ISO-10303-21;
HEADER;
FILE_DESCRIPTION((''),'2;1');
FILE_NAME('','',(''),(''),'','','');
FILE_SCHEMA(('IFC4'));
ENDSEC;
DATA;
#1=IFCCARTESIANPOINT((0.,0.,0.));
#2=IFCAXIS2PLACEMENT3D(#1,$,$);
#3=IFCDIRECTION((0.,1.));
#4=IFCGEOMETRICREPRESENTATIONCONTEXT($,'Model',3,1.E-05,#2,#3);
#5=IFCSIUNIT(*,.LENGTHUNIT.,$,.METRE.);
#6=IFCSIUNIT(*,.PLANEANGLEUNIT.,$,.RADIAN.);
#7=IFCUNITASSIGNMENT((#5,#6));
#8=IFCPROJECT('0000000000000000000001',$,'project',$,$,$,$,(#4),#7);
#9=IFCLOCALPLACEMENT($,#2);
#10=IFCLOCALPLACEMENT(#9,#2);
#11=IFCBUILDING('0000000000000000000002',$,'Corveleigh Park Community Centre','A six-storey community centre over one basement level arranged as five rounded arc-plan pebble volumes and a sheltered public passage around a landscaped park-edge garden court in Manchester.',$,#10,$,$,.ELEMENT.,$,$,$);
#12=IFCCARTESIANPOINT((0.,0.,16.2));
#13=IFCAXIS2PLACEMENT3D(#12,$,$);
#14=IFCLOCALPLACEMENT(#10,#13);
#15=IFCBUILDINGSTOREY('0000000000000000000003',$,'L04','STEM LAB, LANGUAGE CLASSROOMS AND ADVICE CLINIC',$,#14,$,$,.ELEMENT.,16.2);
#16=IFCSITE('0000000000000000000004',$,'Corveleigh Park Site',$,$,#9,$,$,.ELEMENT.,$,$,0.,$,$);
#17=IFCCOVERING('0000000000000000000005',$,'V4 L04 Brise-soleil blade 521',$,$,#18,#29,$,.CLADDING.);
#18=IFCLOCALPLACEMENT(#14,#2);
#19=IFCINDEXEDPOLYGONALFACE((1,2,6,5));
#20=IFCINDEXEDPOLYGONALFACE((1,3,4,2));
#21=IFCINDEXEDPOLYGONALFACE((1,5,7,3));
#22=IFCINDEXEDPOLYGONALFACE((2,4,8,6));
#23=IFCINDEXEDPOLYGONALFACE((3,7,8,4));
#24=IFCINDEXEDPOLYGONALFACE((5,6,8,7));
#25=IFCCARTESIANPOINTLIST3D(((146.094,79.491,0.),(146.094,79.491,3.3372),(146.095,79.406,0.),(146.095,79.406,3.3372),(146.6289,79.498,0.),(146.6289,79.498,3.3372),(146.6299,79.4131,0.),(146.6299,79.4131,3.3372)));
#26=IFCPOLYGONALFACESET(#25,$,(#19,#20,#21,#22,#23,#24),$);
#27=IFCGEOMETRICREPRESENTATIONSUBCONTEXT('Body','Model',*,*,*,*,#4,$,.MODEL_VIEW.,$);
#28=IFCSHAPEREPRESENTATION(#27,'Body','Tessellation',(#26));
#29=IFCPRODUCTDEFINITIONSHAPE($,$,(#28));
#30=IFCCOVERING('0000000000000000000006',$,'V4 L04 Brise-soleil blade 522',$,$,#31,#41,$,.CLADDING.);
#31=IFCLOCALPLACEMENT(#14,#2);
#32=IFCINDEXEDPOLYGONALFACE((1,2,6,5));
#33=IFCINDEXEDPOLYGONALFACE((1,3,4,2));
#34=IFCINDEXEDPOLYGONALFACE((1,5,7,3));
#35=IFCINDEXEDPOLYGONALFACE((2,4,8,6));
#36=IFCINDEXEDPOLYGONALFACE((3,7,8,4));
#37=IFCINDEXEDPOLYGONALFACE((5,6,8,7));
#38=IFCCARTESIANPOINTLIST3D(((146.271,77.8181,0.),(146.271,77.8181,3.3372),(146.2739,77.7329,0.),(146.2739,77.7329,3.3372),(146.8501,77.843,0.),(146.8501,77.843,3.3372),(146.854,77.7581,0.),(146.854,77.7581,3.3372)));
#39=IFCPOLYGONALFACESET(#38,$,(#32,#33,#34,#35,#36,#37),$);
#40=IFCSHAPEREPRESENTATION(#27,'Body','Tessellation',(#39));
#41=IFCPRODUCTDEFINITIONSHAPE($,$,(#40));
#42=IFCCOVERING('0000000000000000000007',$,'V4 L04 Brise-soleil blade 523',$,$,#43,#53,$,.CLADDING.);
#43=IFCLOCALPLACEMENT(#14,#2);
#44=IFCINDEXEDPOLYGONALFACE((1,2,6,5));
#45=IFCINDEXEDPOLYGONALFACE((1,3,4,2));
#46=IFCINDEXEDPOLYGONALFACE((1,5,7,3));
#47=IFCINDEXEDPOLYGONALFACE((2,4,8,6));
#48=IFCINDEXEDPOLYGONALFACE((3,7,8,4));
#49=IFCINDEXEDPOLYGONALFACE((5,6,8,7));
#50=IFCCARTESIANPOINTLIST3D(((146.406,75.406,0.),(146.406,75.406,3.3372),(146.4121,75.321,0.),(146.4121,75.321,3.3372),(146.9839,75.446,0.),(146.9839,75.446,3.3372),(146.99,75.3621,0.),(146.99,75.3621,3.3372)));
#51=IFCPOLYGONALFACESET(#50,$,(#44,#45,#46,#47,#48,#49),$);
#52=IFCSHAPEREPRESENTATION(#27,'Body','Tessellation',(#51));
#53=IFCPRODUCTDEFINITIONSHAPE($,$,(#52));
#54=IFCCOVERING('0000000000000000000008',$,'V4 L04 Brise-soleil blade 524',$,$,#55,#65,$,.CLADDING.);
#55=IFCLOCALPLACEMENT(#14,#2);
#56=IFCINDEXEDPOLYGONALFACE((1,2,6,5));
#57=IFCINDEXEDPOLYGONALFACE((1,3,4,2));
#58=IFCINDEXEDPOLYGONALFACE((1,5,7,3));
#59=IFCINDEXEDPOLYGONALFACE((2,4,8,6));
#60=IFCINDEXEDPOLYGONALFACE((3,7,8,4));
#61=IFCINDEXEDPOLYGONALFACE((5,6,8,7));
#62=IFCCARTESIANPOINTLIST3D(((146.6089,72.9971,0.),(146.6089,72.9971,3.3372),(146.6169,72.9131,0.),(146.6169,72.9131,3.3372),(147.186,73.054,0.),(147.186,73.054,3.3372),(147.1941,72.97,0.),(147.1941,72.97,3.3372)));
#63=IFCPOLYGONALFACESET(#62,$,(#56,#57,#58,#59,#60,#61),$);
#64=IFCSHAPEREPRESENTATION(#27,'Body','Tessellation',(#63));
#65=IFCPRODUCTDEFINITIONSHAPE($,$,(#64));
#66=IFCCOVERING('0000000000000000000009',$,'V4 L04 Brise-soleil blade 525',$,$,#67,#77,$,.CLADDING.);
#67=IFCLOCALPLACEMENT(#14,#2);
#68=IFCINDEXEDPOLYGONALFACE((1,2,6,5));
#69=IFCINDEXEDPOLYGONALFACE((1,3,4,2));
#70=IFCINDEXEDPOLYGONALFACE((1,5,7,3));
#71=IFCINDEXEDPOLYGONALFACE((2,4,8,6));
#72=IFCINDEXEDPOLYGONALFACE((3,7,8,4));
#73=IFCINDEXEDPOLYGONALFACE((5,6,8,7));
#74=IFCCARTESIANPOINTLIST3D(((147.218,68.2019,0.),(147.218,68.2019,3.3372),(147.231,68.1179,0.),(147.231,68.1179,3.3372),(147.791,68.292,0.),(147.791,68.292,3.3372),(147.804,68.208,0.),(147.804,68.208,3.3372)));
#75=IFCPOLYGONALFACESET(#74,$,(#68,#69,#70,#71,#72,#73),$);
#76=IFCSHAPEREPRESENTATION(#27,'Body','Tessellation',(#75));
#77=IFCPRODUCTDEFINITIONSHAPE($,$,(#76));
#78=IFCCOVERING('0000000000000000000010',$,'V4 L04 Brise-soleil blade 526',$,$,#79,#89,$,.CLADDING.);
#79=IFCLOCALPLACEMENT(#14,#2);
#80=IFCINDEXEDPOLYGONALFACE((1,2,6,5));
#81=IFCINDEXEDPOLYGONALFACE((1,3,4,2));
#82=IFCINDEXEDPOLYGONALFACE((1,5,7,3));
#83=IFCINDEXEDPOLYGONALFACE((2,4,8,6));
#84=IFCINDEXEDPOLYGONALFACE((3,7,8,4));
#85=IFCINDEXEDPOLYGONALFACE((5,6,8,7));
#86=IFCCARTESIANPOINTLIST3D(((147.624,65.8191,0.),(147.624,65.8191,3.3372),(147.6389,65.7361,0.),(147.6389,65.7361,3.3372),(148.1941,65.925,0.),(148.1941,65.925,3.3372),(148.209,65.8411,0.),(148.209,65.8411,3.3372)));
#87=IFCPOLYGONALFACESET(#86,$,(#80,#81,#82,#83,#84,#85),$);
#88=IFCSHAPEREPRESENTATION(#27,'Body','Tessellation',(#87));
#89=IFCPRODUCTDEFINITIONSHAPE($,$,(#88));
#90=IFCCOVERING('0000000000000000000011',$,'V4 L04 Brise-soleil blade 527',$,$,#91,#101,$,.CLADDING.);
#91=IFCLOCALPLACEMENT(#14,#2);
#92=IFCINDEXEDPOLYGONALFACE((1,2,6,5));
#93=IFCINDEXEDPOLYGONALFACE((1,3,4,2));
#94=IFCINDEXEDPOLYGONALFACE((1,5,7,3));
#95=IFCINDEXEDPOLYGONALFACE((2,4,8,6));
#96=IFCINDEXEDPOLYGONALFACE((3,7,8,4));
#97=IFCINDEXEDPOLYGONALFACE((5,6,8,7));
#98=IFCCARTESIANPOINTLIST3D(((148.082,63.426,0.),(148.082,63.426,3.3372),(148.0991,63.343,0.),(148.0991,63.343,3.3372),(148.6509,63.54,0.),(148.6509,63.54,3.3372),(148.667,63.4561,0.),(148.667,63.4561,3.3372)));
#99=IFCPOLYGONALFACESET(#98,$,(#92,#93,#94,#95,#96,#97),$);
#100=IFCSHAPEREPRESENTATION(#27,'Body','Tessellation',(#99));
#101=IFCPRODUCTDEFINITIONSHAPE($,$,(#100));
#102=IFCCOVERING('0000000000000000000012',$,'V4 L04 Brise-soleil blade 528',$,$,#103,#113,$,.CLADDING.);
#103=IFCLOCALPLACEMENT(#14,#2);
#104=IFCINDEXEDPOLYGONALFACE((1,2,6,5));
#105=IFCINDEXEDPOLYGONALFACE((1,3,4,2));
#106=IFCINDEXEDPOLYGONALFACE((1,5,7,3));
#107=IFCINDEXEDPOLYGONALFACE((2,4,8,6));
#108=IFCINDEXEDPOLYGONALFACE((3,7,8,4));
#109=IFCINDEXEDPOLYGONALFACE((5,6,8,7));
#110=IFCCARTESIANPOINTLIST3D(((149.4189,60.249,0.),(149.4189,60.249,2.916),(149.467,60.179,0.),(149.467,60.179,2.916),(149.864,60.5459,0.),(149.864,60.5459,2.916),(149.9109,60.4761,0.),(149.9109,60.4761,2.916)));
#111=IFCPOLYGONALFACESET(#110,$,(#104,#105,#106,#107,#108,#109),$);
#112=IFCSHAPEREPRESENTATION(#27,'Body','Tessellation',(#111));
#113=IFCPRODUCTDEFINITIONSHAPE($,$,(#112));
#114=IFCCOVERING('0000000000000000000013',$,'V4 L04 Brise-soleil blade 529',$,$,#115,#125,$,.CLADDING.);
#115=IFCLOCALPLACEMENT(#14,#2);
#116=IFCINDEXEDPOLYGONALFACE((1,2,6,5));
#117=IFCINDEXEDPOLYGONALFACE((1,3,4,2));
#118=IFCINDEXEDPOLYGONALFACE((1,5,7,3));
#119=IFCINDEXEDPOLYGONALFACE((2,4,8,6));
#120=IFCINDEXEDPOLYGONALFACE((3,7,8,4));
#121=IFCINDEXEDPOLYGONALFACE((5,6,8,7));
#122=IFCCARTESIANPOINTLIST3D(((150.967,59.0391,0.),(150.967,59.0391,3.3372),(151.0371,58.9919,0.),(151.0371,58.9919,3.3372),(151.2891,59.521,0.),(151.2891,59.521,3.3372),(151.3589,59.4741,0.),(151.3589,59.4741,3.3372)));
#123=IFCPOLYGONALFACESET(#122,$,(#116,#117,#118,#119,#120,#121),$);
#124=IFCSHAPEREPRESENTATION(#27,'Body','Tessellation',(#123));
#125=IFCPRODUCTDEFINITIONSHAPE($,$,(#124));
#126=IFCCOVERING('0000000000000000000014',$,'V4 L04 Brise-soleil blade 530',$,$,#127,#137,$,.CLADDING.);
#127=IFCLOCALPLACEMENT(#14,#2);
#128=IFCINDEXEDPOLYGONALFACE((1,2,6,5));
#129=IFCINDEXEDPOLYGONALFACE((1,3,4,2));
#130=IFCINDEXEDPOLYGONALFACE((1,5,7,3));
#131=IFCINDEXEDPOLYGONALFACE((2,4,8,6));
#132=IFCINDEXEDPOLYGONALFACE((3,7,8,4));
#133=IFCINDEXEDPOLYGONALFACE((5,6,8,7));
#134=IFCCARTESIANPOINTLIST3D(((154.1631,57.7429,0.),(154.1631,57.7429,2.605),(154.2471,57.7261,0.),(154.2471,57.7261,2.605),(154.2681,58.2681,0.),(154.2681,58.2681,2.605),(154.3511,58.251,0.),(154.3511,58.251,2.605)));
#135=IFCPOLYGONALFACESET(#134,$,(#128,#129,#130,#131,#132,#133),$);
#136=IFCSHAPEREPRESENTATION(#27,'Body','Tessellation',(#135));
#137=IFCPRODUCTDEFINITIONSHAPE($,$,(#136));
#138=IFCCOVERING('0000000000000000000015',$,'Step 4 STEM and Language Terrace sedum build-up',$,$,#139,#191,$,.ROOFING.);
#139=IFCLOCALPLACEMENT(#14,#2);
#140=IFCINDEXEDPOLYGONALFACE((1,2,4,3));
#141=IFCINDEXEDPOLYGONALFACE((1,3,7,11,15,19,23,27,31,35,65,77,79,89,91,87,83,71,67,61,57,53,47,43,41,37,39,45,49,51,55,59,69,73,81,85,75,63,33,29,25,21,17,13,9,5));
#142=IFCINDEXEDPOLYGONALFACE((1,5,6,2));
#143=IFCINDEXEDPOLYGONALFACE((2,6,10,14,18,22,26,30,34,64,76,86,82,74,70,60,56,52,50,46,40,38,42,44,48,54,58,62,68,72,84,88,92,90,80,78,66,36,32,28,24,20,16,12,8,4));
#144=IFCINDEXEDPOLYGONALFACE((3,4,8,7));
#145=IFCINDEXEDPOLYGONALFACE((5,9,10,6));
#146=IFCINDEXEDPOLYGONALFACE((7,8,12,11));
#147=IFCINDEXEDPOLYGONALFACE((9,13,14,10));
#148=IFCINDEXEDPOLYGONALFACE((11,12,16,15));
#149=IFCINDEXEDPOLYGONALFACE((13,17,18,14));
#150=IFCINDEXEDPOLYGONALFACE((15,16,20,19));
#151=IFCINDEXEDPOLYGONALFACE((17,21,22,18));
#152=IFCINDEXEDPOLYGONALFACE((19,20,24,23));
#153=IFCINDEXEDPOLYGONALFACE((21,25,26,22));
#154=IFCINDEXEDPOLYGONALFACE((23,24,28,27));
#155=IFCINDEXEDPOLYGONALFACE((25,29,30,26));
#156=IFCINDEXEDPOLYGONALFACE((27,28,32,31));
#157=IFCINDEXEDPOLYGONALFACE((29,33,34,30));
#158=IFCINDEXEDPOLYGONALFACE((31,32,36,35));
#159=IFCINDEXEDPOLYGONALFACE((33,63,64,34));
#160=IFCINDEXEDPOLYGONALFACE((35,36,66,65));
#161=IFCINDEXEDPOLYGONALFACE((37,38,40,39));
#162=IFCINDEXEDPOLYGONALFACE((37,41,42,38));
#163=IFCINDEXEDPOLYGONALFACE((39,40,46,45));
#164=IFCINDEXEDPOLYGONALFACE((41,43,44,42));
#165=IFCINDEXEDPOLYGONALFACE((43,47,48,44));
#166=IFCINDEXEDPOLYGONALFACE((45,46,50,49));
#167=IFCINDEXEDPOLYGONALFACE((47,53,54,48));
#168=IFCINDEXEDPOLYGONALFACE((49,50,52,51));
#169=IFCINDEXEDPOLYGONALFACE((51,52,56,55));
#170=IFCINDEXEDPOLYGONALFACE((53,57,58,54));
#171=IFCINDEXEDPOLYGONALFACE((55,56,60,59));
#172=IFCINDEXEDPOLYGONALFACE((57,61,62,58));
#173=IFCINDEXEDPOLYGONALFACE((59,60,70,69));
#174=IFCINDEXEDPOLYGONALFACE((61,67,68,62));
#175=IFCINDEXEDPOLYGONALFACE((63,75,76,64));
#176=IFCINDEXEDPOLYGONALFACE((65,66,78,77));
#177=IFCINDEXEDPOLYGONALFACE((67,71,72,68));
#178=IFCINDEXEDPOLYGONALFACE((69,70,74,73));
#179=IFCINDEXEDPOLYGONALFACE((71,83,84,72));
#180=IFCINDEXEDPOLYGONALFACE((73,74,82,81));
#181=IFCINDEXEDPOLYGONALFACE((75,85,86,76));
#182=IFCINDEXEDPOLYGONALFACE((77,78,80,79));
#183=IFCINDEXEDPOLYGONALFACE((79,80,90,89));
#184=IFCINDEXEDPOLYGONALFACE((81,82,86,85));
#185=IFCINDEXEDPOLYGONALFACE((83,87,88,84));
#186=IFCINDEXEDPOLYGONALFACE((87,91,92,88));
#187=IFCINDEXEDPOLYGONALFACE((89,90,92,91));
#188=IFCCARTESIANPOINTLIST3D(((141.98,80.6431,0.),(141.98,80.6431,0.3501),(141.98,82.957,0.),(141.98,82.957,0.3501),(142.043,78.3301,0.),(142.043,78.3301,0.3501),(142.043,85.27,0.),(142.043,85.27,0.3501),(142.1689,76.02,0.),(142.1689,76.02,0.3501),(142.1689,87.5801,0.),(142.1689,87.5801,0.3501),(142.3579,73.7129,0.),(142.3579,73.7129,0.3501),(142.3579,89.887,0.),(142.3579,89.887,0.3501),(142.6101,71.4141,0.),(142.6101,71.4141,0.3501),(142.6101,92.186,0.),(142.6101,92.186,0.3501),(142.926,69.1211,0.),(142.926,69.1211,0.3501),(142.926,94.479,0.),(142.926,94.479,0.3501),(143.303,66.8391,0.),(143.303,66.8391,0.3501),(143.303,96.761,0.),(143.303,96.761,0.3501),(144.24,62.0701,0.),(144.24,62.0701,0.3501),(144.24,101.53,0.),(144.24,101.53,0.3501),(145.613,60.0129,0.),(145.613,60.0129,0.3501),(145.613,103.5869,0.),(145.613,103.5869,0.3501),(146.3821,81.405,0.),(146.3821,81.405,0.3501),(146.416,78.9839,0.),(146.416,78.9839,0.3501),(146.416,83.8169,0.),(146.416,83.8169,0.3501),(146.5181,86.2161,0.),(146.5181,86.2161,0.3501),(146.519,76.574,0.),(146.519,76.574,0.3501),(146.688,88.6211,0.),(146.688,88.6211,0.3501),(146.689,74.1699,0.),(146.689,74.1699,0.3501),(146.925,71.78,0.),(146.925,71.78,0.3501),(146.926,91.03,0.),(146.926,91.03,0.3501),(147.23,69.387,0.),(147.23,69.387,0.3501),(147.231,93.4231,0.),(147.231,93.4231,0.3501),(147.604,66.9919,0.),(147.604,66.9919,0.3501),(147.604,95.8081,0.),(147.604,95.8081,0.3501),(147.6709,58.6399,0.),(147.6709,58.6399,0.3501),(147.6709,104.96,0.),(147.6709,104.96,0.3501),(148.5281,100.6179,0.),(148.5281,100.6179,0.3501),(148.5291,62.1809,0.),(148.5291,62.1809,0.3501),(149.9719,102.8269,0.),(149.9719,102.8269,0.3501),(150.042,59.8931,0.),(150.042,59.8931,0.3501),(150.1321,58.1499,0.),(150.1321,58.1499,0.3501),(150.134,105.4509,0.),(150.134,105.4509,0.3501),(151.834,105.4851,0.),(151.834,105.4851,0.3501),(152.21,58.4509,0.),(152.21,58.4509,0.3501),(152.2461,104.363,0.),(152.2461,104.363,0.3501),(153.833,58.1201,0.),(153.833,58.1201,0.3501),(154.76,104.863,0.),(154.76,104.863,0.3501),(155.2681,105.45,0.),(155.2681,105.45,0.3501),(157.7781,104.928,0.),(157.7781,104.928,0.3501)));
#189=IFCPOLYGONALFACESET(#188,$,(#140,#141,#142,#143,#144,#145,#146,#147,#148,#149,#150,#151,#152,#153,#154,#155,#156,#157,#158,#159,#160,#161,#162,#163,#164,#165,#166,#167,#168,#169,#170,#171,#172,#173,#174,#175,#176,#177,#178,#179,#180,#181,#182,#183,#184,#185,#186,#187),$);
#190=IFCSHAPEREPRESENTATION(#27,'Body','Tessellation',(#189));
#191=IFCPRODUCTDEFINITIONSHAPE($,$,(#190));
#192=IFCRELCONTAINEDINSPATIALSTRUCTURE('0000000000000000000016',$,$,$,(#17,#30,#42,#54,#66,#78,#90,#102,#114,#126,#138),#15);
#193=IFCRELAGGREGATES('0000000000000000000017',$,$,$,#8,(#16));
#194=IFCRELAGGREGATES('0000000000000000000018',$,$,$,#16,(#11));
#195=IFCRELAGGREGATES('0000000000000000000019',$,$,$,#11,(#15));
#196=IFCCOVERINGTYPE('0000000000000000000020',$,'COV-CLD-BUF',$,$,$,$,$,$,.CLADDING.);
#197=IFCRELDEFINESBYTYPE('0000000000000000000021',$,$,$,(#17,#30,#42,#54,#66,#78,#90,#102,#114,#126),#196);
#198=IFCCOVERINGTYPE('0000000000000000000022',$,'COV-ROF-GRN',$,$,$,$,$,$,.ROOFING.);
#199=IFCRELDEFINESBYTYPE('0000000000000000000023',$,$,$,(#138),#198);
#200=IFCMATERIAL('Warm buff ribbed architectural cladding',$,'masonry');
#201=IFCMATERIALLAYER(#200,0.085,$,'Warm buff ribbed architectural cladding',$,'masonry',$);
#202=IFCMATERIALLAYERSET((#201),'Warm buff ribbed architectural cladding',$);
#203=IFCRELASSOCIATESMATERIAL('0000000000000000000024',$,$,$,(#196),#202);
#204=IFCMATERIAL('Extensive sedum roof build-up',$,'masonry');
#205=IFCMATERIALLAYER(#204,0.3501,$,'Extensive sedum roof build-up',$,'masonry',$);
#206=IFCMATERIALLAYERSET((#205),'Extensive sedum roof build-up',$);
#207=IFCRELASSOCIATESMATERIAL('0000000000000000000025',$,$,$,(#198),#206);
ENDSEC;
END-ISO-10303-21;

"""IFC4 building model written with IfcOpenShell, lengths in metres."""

from ifc_helpers import new_model, si_unit, direction, frame, origin, place, context, subcontext, project, spatial, polyline, outline, extrude, material, layer, layer_set, type_object, element, save


model = new_model("IFC4")

# Units and contexts
model_context = context("Model", 3, precision=1e-05, world=origin(), true_north=direction((0.0, 1.0)))
body_context = subcontext(model_context, "Body", "Model", "MODEL_VIEW")
ifc_project = project(units=[si_unit("LENGTHUNIT", "METRE"), si_unit("PLANEANGLEUNIT", "RADIAN")], contexts=[model_context])

# Site, building, storey
site_placement = place(None, origin())
site = spatial("IfcSite", under=ifc_project, at=site_placement, Name="Corveleigh Park Site", CompositionType="ELEMENT", RefElevation=0.0)
building_placement = place(site_placement, origin())
building = spatial("IfcBuilding", under=site, at=building_placement, Name="Corveleigh Park Community Centre", Description="A six-storey community centre over one basement level arranged as five rounded arc-plan pebble volumes and a sheltered public passage around a landscaped park-edge garden court in Manchester.", CompositionType="ELEMENT")
storey_placement = place(building_placement, frame((0.0, 0.0, 16.2)))
storey = spatial("IfcBuildingStorey", under=building, at=storey_placement, Name="L04", Description="STEM LAB, LANGUAGE CLASSROOMS AND ADVICE CLINIC", CompositionType="ELEMENT", Elevation=16.2)

# Coverings
ifc_material_1 = material(Name="Warm buff ribbed architectural cladding", Category="masonry")
ifc_layer_1 = layer(ifc_material_1, 0.085, Name="Warm buff ribbed architectural cladding", Category="masonry")
ifc_layer_set_1 = layer_set([ifc_layer_1], Name="Warm buff ribbed architectural cladding")
covering_type_1 = type_object("IfcCoveringType", Name="COV-CLD-BUF", PredefinedType="CLADDING", material=ifc_layer_set_1)
covering_1_placement = place(storey_placement, origin())
element("IfcCovering", 1, at=covering_1_placement, inside=storey, type_object=covering_type_1, Name="V4 L04 Brise-soleil blade 521", PredefinedType="CLADDING", context=body_context, shape_type="SweptSolid", body=[
    extrude(outline(polyline([(146.6299, 79.4131), (146.6289, 79.498), (146.094, 79.491), (146.095, 79.406), (146.6299, 79.4131)])), origin(), (0.0, 0.0, 1.0), 3.3372),
])
covering_2_placement = place(storey_placement, origin())
element("IfcCovering", 2, at=covering_2_placement, inside=storey, type_object=covering_type_1, Name="V4 L04 Brise-soleil blade 522", PredefinedType="CLADDING", context=body_context, shape_type="SweptSolid", body=[
    extrude(outline(polyline([(146.854, 77.7581), (146.8501, 77.843), (146.271, 77.8181), (146.2739, 77.7329), (146.854, 77.7581)])), origin(), (0.0, 0.0, 1.0), 3.3372),
])
covering_3_placement = place(storey_placement, origin())
element("IfcCovering", 3, at=covering_3_placement, inside=storey, type_object=covering_type_1, Name="V4 L04 Brise-soleil blade 523", PredefinedType="CLADDING", context=body_context, shape_type="SweptSolid", body=[
    extrude(outline(polyline([(146.99, 75.3621), (146.9839, 75.446), (146.406, 75.406), (146.4121, 75.321), (146.99, 75.3621)])), origin(), (0.0, 0.0, 1.0), 3.3372),
])
covering_4_placement = place(storey_placement, origin())
element("IfcCovering", 4, at=covering_4_placement, inside=storey, type_object=covering_type_1, Name="V4 L04 Brise-soleil blade 524", PredefinedType="CLADDING", context=body_context, shape_type="SweptSolid", body=[
    extrude(outline(polyline([(147.1941, 72.97), (147.186, 73.054), (146.6089, 72.9971), (146.6169, 72.9131), (147.1941, 72.97)])), origin(), (0.0, 0.0, 1.0), 3.3372),
])
covering_5_placement = place(storey_placement, origin())
element("IfcCovering", 5, at=covering_5_placement, inside=storey, type_object=covering_type_1, Name="V4 L04 Brise-soleil blade 525", PredefinedType="CLADDING", context=body_context, shape_type="SweptSolid", body=[
    extrude(outline(polyline([(147.804, 68.208), (147.791, 68.292), (147.218, 68.2019), (147.231, 68.1179), (147.804, 68.208)])), origin(), (0.0, 0.0, 1.0), 3.3372),
])
covering_6_placement = place(storey_placement, origin())
element("IfcCovering", 6, at=covering_6_placement, inside=storey, type_object=covering_type_1, Name="V4 L04 Brise-soleil blade 526", PredefinedType="CLADDING", context=body_context, shape_type="SweptSolid", body=[
    extrude(outline(polyline([(148.209, 65.8411), (148.1941, 65.925), (147.624, 65.8191), (147.6389, 65.7361), (148.209, 65.8411)])), origin(), (0.0, 0.0, 1.0), 3.3372),
])
covering_7_placement = place(storey_placement, origin())
element("IfcCovering", 7, at=covering_7_placement, inside=storey, type_object=covering_type_1, Name="V4 L04 Brise-soleil blade 527", PredefinedType="CLADDING", context=body_context, shape_type="SweptSolid", body=[
    extrude(outline(polyline([(148.667, 63.4561), (148.6509, 63.54), (148.082, 63.426), (148.0991, 63.343), (148.667, 63.4561)])), origin(), (0.0, 0.0, 1.0), 3.3372),
])
covering_8_placement = place(storey_placement, origin())
element("IfcCovering", 8, at=covering_8_placement, inside=storey, type_object=covering_type_1, Name="V4 L04 Brise-soleil blade 528", PredefinedType="CLADDING", context=body_context, shape_type="SweptSolid", body=[
    extrude(outline(polyline([(149.9109, 60.4761), (149.864, 60.5459), (149.4189, 60.249), (149.467, 60.179), (149.9109, 60.4761)])), origin(), (0.0, 0.0, 1.0), 2.916),
])
covering_9_placement = place(storey_placement, origin())
element("IfcCovering", 9, at=covering_9_placement, inside=storey, type_object=covering_type_1, Name="V4 L04 Brise-soleil blade 529", PredefinedType="CLADDING", context=body_context, shape_type="SweptSolid", body=[
    extrude(outline(polyline([(151.3589, 59.4741), (151.2891, 59.521), (150.967, 59.0391), (151.0371, 58.9919), (151.3589, 59.4741)])), origin(), (0.0, 0.0, 1.0), 3.3372),
])
covering_10_placement = place(storey_placement, origin())
element("IfcCovering", 10, at=covering_10_placement, inside=storey, type_object=covering_type_1, Name="V4 L04 Brise-soleil blade 530", PredefinedType="CLADDING", context=body_context, shape_type="SweptSolid", body=[
    extrude(outline(polyline([(154.3511, 58.251), (154.2681, 58.2681), (154.1631, 57.7429), (154.2471, 57.7261), (154.3511, 58.251)])), origin(), (0.0, 0.0, 1.0), 2.605),
])
ifc_material_2 = material(Name="Extensive sedum roof build-up", Category="masonry")
ifc_layer_2 = layer(ifc_material_2, 0.3501, Name="Extensive sedum roof build-up", Category="masonry")
ifc_layer_set_2 = layer_set([ifc_layer_2], Name="Extensive sedum roof build-up")
covering_type_2 = type_object("IfcCoveringType", Name="COV-ROF-GRN", PredefinedType="ROOFING", material=ifc_layer_set_2)
covering_11_placement = place(storey_placement, origin())
element("IfcCovering", 11, at=covering_11_placement, inside=storey, type_object=covering_type_2, Name="Step 4 STEM and Language Terrace sedum build-up", PredefinedType="ROOFING", context=body_context, shape_type="SweptSolid", body=[
    extrude(outline(polyline([(153.833, 58.1201), (150.1321, 58.1499), (147.6709, 58.6399), (145.613, 60.0129), (144.24, 62.0701), (143.303, 66.8391), (142.926, 69.1211), (142.6101, 71.4141), (142.3579, 73.7129), (142.1689, 76.02), (142.043, 78.3301), (141.98, 80.6431), (141.98, 82.957), (142.043, 85.27), (142.1689, 87.5801), (142.3579, 89.887), (142.6101, 92.186), (142.926, 94.479), (143.303, 96.761), (144.24, 101.53), (145.613, 103.5869), (147.6709, 104.96), (150.134, 105.4509), (151.834, 105.4851), (155.2681, 105.45), (157.7781, 104.928), (154.76, 104.863), (152.2461, 104.363), (149.9719, 102.8269), (148.5281, 100.6179), (147.604, 95.8081), (147.231, 93.4231), (146.926, 91.03), (146.688, 88.6211), (146.5181, 86.2161), (146.416, 83.8169), (146.3821, 81.405), (146.416, 78.9839), (146.519, 76.574), (146.689, 74.1699), (146.925, 71.78), (147.23, 69.387), (147.604, 66.9919), (148.5291, 62.1809), (150.042, 59.8931), (152.21, 58.4509), (153.833, 58.1201)])), origin(), (0.0, 0.0, 1.0), 0.3501),
])

save(model, "model.ifc")
